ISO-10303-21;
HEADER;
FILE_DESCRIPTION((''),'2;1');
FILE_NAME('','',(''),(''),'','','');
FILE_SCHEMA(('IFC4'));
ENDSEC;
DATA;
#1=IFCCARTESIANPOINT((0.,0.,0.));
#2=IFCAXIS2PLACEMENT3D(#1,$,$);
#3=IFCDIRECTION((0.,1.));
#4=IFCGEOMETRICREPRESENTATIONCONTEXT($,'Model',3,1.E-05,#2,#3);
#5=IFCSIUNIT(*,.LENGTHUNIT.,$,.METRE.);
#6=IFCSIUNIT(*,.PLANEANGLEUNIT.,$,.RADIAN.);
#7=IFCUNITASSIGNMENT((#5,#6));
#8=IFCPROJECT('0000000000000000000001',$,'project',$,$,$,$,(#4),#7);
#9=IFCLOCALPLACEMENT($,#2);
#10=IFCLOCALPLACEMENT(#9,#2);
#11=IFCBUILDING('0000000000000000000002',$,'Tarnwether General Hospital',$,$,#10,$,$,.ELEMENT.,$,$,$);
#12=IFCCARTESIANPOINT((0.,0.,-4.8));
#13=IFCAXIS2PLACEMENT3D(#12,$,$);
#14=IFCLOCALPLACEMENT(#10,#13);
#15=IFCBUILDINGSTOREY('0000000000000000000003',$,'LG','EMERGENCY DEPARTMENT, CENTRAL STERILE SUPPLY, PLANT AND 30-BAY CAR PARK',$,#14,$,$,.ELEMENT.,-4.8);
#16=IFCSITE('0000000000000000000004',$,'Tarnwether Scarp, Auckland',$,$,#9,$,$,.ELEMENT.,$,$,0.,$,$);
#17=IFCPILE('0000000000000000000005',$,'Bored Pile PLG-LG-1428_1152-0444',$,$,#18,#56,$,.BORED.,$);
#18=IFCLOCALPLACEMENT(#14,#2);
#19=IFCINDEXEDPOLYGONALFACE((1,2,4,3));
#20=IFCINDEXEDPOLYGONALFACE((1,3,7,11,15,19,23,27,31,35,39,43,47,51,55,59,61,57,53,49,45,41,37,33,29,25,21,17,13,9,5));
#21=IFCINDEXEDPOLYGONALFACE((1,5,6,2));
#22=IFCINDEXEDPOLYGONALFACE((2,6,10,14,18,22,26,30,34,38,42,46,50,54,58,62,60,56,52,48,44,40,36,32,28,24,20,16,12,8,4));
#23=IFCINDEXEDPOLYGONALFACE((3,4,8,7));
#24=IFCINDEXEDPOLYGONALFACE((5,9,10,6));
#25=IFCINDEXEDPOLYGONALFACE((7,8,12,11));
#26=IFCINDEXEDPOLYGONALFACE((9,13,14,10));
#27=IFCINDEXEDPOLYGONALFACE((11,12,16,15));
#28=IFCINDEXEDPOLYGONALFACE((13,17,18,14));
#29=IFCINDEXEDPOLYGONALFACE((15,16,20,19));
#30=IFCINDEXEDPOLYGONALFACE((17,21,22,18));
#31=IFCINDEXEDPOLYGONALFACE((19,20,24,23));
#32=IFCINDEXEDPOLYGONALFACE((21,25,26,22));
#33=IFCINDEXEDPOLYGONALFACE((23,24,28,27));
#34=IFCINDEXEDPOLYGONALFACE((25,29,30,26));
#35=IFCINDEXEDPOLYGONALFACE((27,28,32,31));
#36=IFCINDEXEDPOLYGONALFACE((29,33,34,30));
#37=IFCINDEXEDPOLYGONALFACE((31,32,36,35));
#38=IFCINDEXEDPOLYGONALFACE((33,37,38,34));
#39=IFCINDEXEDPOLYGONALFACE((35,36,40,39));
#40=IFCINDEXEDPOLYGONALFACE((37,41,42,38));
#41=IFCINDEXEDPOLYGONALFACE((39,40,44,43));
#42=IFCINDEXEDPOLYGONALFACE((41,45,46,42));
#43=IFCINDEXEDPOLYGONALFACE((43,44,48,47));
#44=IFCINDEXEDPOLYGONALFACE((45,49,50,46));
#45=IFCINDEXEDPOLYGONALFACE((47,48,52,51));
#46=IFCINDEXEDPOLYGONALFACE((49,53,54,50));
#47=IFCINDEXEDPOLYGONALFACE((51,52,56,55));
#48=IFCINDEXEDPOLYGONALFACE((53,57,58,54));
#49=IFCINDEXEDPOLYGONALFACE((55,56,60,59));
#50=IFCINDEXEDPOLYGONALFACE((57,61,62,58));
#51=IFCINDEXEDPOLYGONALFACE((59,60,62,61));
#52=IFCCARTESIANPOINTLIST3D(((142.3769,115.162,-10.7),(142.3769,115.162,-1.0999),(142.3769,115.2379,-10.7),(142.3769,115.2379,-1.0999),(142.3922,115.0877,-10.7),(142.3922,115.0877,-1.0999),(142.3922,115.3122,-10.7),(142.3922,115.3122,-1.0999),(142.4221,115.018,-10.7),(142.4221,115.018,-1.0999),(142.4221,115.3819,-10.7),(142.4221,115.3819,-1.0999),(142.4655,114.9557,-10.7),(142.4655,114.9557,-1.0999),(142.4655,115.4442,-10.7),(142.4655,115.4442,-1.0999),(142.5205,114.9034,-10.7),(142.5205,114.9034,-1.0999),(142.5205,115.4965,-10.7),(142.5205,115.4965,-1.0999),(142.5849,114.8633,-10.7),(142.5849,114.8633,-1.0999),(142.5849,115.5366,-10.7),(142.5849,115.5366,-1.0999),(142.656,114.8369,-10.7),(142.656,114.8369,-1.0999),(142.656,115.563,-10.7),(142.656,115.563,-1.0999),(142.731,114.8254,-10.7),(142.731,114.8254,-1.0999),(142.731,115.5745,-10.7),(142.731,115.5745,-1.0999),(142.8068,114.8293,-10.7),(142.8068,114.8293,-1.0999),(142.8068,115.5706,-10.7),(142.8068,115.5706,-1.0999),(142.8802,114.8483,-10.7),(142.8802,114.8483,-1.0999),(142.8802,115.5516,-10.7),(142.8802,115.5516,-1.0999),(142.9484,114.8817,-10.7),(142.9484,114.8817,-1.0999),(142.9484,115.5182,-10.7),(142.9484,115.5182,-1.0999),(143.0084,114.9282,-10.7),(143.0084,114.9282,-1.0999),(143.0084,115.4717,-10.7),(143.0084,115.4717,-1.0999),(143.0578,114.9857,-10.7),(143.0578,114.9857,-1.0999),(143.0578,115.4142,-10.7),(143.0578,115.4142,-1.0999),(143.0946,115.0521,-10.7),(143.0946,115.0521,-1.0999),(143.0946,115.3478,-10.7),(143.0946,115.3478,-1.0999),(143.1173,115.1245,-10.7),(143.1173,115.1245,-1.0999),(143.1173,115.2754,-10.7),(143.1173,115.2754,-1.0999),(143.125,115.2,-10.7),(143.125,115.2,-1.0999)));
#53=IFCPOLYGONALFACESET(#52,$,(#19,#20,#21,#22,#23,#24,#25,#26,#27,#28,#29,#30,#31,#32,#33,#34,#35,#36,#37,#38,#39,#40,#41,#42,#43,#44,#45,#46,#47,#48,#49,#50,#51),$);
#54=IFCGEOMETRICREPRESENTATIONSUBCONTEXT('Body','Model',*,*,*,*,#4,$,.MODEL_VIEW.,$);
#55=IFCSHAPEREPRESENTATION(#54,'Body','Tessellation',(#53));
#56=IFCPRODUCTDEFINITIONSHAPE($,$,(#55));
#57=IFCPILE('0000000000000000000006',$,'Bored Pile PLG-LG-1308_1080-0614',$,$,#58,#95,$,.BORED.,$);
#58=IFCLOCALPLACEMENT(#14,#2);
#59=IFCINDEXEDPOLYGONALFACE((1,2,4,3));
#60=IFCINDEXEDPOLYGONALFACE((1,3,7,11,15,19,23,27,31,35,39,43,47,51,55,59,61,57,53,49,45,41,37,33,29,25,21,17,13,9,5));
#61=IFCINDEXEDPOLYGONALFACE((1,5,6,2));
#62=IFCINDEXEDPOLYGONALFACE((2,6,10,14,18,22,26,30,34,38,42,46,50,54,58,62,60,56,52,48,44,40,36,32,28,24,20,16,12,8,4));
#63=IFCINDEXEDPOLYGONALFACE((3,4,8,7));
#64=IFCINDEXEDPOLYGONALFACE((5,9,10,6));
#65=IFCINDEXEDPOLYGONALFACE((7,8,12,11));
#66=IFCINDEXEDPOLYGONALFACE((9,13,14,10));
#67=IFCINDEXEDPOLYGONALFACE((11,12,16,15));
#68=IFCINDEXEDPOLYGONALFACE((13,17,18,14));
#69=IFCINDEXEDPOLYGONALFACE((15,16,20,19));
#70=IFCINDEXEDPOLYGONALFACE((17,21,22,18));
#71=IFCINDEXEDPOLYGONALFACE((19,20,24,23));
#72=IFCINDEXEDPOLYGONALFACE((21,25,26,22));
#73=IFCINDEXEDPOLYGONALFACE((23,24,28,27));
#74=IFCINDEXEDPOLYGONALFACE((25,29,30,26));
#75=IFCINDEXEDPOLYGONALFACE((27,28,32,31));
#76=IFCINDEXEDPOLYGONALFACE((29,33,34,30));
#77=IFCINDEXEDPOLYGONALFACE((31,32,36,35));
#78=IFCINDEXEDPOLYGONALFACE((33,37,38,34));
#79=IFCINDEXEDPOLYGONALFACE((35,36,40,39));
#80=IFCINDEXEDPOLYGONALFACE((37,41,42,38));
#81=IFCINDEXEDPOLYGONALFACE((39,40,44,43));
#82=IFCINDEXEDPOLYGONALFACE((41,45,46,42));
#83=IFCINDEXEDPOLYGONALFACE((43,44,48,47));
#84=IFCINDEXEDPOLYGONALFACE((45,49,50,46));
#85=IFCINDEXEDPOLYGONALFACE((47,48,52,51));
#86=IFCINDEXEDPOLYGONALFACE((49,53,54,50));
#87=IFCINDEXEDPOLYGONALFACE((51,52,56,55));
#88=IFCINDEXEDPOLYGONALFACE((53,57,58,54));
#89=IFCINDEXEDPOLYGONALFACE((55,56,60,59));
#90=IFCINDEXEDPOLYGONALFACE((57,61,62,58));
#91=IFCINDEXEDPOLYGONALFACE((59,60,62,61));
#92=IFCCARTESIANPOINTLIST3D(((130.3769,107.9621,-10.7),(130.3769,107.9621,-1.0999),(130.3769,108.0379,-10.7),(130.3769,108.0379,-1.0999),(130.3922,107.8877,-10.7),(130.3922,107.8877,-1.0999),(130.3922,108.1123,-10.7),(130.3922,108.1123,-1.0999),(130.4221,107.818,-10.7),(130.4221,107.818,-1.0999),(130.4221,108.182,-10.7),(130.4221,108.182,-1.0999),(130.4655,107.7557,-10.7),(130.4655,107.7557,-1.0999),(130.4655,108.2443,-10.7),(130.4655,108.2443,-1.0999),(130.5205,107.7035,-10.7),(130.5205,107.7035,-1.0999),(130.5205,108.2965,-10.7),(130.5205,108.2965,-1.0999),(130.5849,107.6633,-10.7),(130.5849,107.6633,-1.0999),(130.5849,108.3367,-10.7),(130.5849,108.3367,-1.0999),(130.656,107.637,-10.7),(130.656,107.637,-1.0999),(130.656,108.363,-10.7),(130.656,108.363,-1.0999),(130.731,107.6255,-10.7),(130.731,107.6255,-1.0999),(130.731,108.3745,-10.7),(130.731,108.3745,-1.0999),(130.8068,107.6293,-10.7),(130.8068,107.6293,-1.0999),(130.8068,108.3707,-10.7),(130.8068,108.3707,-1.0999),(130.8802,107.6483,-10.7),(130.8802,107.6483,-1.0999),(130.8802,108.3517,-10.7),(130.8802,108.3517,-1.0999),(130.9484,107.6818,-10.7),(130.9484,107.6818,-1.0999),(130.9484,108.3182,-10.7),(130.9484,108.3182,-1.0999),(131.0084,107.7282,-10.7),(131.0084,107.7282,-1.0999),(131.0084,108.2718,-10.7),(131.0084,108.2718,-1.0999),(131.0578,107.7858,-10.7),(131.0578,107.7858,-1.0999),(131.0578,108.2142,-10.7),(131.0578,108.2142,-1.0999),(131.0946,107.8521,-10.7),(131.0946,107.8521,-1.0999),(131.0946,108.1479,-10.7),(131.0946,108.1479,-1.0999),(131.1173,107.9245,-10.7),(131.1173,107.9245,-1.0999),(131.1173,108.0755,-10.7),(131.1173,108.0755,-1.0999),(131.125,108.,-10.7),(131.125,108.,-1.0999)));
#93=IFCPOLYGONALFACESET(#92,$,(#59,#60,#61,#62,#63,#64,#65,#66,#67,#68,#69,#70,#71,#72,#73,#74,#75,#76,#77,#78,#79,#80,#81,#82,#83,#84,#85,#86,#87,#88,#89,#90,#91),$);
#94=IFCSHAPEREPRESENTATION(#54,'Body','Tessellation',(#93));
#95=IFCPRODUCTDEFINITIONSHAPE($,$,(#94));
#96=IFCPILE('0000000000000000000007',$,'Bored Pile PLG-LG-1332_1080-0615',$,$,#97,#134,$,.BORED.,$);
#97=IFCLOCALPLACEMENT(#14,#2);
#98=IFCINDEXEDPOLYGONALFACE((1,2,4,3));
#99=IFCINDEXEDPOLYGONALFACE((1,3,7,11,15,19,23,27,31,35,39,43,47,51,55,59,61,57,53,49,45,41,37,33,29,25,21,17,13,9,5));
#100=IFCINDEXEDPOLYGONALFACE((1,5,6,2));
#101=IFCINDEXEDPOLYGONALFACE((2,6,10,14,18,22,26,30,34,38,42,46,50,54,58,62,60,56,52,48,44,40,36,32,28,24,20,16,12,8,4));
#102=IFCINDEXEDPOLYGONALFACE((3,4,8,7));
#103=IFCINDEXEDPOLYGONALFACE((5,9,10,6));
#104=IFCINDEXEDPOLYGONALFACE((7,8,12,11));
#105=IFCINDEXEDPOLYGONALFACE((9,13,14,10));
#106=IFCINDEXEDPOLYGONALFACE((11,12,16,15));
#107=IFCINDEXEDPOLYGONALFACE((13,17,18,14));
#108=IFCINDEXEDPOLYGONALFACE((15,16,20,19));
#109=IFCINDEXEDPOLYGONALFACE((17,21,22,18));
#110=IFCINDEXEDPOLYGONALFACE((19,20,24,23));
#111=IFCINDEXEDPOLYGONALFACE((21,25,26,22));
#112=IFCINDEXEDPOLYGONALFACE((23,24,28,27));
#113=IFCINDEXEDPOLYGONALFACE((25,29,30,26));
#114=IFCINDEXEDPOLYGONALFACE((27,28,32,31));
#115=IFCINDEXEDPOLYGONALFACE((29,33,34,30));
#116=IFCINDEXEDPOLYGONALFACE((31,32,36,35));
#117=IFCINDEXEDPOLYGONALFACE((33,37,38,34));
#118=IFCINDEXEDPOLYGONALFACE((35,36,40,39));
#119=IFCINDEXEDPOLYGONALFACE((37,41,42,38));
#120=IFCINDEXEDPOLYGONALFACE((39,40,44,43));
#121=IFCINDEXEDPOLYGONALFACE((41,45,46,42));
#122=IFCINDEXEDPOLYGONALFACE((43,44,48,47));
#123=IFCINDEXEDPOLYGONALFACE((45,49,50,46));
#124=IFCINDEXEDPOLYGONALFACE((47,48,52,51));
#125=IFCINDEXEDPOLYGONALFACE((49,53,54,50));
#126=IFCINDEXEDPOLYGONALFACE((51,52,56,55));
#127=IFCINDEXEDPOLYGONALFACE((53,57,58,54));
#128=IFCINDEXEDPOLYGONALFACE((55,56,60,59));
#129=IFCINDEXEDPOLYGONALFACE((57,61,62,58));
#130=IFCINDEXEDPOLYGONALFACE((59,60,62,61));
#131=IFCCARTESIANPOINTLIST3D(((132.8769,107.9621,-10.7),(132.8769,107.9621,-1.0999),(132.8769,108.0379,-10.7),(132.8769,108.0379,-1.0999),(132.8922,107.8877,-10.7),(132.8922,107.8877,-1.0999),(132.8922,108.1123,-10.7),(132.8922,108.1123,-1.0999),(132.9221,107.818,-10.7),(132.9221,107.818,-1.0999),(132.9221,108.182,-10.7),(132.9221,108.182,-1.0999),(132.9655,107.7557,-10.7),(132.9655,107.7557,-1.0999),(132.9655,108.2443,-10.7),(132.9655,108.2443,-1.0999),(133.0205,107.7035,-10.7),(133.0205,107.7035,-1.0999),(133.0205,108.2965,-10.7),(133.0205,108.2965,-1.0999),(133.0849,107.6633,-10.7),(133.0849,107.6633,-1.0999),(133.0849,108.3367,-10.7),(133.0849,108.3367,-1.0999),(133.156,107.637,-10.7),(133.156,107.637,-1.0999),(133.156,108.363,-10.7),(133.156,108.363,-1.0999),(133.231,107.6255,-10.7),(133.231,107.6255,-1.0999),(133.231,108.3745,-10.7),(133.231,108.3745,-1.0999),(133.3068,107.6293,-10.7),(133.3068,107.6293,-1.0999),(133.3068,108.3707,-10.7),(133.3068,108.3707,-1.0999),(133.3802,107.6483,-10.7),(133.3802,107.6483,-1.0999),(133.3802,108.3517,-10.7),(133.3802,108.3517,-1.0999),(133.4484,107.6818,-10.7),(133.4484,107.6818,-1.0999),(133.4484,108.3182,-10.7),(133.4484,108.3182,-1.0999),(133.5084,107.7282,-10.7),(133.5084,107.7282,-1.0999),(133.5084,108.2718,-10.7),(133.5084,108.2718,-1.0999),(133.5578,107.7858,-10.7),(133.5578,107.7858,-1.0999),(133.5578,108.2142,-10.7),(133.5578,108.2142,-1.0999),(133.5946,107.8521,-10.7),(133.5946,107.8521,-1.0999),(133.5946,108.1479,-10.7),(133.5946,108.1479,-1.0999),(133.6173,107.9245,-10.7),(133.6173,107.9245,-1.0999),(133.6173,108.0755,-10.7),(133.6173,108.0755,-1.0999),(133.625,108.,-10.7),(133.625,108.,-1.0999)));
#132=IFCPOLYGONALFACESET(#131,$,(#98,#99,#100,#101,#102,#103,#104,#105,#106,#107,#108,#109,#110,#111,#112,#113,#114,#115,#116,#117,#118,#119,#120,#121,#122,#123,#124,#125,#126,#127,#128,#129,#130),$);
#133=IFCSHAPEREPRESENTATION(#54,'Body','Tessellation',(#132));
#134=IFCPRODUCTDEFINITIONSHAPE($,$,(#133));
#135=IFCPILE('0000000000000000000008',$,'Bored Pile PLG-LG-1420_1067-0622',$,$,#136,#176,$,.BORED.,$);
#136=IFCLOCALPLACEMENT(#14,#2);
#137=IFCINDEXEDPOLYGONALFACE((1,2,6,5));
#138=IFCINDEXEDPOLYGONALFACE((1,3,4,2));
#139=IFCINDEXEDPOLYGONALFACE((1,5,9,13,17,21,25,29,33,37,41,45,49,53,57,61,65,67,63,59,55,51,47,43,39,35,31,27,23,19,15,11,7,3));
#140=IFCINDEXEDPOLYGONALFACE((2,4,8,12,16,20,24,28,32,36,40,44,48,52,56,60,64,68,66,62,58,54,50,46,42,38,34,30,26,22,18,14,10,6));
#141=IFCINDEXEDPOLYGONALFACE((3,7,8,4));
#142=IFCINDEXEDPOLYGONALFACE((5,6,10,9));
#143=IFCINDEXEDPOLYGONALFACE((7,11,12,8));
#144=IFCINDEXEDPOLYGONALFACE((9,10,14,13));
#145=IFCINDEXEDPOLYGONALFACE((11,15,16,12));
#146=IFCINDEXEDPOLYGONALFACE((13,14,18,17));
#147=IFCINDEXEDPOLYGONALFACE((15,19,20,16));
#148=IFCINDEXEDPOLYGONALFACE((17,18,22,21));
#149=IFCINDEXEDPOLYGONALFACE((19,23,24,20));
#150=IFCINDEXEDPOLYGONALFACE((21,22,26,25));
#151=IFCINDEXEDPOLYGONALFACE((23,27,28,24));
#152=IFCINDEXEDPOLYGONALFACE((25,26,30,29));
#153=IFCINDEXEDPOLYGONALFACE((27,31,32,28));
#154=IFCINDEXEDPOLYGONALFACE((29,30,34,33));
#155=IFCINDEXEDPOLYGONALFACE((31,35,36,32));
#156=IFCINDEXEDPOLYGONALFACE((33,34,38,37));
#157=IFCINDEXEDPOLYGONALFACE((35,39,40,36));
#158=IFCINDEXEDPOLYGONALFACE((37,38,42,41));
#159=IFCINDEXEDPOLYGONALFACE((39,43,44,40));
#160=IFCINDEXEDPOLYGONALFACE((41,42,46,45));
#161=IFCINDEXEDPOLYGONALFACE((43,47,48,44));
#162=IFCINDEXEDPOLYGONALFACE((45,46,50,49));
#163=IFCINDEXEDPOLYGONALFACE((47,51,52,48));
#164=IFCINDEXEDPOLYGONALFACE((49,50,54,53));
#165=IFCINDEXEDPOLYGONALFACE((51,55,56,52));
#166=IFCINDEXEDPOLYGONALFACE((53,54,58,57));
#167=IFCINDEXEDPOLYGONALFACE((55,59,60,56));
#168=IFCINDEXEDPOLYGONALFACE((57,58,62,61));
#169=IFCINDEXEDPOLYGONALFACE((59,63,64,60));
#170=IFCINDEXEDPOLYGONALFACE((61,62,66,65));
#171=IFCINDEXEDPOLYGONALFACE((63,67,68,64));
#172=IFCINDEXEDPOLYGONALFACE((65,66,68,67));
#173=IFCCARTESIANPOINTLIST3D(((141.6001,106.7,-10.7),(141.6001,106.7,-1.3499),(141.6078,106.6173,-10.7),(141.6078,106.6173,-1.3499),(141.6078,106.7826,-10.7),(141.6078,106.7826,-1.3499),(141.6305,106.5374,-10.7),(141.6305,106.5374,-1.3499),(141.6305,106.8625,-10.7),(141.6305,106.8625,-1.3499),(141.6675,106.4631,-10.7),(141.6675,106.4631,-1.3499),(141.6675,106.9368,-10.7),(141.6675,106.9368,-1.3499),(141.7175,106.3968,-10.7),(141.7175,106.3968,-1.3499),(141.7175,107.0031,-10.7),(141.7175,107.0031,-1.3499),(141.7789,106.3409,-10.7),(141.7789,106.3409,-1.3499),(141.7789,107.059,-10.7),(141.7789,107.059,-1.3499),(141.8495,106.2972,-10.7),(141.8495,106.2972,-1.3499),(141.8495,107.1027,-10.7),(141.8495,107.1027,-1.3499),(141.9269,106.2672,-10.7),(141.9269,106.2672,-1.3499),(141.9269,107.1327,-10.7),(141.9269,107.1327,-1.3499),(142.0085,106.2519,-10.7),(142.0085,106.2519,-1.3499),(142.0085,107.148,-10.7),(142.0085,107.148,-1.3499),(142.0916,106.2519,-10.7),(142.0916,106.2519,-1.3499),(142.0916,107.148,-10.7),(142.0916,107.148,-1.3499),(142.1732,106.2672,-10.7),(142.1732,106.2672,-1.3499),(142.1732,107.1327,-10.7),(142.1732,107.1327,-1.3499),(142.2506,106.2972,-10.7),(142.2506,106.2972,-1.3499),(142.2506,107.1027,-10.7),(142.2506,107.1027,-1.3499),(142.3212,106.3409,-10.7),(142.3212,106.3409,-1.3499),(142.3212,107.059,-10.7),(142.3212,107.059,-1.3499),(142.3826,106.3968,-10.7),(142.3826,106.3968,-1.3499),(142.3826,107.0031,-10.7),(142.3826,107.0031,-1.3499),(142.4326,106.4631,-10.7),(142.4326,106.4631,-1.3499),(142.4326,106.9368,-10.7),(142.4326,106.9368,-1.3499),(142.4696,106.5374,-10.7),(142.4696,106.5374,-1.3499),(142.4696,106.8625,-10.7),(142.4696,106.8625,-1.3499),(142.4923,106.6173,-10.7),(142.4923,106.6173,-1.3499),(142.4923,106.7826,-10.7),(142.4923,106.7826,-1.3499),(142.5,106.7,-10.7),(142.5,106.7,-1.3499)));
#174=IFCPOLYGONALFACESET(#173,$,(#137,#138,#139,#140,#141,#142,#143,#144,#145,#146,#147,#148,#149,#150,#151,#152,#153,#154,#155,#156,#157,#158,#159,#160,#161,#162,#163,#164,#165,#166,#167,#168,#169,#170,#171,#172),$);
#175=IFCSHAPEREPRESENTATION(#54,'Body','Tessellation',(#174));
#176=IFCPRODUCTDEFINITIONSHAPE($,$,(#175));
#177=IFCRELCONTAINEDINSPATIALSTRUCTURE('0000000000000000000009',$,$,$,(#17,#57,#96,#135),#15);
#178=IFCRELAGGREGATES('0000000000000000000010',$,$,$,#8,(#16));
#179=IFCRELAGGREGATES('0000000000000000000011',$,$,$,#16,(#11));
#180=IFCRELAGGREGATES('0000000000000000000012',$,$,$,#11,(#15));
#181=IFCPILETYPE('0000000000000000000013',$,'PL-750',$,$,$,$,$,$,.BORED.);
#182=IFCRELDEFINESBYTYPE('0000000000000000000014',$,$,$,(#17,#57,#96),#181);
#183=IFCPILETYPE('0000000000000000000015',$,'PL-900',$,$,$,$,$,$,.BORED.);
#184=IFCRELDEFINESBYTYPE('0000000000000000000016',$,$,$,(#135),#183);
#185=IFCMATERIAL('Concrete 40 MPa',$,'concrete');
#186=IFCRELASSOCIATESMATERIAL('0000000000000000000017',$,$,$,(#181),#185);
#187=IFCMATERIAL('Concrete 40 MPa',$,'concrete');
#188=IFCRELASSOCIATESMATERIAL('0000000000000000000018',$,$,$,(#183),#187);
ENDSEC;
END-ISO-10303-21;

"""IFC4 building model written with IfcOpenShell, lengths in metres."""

from ifc_helpers import new_model, si_unit, direction, frame, origin, origin_2d, place, context, subcontext, project, spatial, circle, extrude, material, material_profile, profile_set, type_object, element, save


model = new_model("IFC4")

# Units and contexts
model_context = context("Model", 3, precision=1e-05, world=origin(), true_north=direction((0.0, 1.0)))
body_context = subcontext(model_context, "Body", "Model", "MODEL_VIEW")
ifc_project = project(units=[si_unit("LENGTHUNIT", "METRE"), si_unit("PLANEANGLEUNIT", "RADIAN")], contexts=[model_context])

# Site, building, storey
site_placement = place(None, origin())
site = spatial("IfcSite", under=ifc_project, at=site_placement, Name="Tarnwether Scarp, Auckland", CompositionType="ELEMENT", RefElevation=0.0)
building_placement = place(site_placement, origin())
building = spatial("IfcBuilding", under=site, at=building_placement, Name="Tarnwether General Hospital", CompositionType="ELEMENT")
storey_placement = place(building_placement, frame((0.0, 0.0, -4.8)))
storey = spatial("IfcBuildingStorey", under=building, at=storey_placement, Name="LG", Description="EMERGENCY DEPARTMENT, CENTRAL STERILE SUPPLY, PLANT AND 30-BAY CAR PARK", CompositionType="ELEMENT", Elevation=-4.8)

# Piles
ifc_material_1 = material(Name="Concrete 40 MPa", Category="concrete")
ifc_material_profile_1 = material_profile(ifc_material_1, circle(Radius=0.375, at=origin_2d()), Name="PILE-D750")
ifc_profile_set_1 = profile_set([ifc_material_profile_1], Name="Concrete 40 MPa")
pile_type_1 = type_object("IfcPileType", Name="PL-750", PredefinedType="BORED", material=ifc_profile_set_1)
for number, where, z_axis, x_axis, name in (
    (1, (142.75, 115.2, -1.0999), (0.0, 0.0, -1.0), (1.0, 0.0, 0.0), "Bored Pile PLG-LG-1428_1152-0444"),
    (2, (130.75, 108.0, -1.0999), (0.0, 0.0, -1.0), (1.0, 0.0, 0.0), "Bored Pile PLG-LG-1308_1080-0614"),
    (3, (133.25, 108.0, -1.0999), (0.0, 0.0, -1.0), (1.0, 0.0, 0.0), "Bored Pile PLG-LG-1332_1080-0615"),
):
    element("IfcPile", number, at=place(storey_placement, frame(where, z_axis=z_axis, x_axis=x_axis)), inside=storey, type_object=pile_type_1, Name=name, PredefinedType="BORED", context=body_context, shape_type="SweptSolid", body=[
        extrude(circle(Radius=0.375, at=origin_2d()), origin(), (0.0, 0.0, 1.0), 9.6001),
    ])
ifc_material_2 = material(Name="Concrete 40 MPa", Category="concrete")
ifc_material_profile_2 = material_profile(ifc_material_2, circle(Radius=0.45, at=origin_2d()), Name="PILE-D900")
ifc_profile_set_2 = profile_set([ifc_material_profile_2], Name="Concrete 40 MPa")
pile_type_2 = type_object("IfcPileType", Name="PL-900", PredefinedType="BORED", material=ifc_profile_set_2)
for number, where, z_axis, x_axis, name in (
    (4, (142.05, 106.7, -1.3499), (0.0, 0.0, -1.0), (1.0, 0.0, 0.0), "Bored Pile PLG-LG-1420_1067-0622"),
):
    element("IfcPile", number, at=place(storey_placement, frame(where, z_axis=z_axis, x_axis=x_axis)), inside=storey, type_object=pile_type_2, Name=name, PredefinedType="BORED", context=body_context, shape_type="SweptSolid", body=[
        extrude(circle(Radius=0.45, at=origin_2d()), origin(), (0.0, 0.0, 1.0), 9.3501),
    ])

save(model, "model.ifc")
